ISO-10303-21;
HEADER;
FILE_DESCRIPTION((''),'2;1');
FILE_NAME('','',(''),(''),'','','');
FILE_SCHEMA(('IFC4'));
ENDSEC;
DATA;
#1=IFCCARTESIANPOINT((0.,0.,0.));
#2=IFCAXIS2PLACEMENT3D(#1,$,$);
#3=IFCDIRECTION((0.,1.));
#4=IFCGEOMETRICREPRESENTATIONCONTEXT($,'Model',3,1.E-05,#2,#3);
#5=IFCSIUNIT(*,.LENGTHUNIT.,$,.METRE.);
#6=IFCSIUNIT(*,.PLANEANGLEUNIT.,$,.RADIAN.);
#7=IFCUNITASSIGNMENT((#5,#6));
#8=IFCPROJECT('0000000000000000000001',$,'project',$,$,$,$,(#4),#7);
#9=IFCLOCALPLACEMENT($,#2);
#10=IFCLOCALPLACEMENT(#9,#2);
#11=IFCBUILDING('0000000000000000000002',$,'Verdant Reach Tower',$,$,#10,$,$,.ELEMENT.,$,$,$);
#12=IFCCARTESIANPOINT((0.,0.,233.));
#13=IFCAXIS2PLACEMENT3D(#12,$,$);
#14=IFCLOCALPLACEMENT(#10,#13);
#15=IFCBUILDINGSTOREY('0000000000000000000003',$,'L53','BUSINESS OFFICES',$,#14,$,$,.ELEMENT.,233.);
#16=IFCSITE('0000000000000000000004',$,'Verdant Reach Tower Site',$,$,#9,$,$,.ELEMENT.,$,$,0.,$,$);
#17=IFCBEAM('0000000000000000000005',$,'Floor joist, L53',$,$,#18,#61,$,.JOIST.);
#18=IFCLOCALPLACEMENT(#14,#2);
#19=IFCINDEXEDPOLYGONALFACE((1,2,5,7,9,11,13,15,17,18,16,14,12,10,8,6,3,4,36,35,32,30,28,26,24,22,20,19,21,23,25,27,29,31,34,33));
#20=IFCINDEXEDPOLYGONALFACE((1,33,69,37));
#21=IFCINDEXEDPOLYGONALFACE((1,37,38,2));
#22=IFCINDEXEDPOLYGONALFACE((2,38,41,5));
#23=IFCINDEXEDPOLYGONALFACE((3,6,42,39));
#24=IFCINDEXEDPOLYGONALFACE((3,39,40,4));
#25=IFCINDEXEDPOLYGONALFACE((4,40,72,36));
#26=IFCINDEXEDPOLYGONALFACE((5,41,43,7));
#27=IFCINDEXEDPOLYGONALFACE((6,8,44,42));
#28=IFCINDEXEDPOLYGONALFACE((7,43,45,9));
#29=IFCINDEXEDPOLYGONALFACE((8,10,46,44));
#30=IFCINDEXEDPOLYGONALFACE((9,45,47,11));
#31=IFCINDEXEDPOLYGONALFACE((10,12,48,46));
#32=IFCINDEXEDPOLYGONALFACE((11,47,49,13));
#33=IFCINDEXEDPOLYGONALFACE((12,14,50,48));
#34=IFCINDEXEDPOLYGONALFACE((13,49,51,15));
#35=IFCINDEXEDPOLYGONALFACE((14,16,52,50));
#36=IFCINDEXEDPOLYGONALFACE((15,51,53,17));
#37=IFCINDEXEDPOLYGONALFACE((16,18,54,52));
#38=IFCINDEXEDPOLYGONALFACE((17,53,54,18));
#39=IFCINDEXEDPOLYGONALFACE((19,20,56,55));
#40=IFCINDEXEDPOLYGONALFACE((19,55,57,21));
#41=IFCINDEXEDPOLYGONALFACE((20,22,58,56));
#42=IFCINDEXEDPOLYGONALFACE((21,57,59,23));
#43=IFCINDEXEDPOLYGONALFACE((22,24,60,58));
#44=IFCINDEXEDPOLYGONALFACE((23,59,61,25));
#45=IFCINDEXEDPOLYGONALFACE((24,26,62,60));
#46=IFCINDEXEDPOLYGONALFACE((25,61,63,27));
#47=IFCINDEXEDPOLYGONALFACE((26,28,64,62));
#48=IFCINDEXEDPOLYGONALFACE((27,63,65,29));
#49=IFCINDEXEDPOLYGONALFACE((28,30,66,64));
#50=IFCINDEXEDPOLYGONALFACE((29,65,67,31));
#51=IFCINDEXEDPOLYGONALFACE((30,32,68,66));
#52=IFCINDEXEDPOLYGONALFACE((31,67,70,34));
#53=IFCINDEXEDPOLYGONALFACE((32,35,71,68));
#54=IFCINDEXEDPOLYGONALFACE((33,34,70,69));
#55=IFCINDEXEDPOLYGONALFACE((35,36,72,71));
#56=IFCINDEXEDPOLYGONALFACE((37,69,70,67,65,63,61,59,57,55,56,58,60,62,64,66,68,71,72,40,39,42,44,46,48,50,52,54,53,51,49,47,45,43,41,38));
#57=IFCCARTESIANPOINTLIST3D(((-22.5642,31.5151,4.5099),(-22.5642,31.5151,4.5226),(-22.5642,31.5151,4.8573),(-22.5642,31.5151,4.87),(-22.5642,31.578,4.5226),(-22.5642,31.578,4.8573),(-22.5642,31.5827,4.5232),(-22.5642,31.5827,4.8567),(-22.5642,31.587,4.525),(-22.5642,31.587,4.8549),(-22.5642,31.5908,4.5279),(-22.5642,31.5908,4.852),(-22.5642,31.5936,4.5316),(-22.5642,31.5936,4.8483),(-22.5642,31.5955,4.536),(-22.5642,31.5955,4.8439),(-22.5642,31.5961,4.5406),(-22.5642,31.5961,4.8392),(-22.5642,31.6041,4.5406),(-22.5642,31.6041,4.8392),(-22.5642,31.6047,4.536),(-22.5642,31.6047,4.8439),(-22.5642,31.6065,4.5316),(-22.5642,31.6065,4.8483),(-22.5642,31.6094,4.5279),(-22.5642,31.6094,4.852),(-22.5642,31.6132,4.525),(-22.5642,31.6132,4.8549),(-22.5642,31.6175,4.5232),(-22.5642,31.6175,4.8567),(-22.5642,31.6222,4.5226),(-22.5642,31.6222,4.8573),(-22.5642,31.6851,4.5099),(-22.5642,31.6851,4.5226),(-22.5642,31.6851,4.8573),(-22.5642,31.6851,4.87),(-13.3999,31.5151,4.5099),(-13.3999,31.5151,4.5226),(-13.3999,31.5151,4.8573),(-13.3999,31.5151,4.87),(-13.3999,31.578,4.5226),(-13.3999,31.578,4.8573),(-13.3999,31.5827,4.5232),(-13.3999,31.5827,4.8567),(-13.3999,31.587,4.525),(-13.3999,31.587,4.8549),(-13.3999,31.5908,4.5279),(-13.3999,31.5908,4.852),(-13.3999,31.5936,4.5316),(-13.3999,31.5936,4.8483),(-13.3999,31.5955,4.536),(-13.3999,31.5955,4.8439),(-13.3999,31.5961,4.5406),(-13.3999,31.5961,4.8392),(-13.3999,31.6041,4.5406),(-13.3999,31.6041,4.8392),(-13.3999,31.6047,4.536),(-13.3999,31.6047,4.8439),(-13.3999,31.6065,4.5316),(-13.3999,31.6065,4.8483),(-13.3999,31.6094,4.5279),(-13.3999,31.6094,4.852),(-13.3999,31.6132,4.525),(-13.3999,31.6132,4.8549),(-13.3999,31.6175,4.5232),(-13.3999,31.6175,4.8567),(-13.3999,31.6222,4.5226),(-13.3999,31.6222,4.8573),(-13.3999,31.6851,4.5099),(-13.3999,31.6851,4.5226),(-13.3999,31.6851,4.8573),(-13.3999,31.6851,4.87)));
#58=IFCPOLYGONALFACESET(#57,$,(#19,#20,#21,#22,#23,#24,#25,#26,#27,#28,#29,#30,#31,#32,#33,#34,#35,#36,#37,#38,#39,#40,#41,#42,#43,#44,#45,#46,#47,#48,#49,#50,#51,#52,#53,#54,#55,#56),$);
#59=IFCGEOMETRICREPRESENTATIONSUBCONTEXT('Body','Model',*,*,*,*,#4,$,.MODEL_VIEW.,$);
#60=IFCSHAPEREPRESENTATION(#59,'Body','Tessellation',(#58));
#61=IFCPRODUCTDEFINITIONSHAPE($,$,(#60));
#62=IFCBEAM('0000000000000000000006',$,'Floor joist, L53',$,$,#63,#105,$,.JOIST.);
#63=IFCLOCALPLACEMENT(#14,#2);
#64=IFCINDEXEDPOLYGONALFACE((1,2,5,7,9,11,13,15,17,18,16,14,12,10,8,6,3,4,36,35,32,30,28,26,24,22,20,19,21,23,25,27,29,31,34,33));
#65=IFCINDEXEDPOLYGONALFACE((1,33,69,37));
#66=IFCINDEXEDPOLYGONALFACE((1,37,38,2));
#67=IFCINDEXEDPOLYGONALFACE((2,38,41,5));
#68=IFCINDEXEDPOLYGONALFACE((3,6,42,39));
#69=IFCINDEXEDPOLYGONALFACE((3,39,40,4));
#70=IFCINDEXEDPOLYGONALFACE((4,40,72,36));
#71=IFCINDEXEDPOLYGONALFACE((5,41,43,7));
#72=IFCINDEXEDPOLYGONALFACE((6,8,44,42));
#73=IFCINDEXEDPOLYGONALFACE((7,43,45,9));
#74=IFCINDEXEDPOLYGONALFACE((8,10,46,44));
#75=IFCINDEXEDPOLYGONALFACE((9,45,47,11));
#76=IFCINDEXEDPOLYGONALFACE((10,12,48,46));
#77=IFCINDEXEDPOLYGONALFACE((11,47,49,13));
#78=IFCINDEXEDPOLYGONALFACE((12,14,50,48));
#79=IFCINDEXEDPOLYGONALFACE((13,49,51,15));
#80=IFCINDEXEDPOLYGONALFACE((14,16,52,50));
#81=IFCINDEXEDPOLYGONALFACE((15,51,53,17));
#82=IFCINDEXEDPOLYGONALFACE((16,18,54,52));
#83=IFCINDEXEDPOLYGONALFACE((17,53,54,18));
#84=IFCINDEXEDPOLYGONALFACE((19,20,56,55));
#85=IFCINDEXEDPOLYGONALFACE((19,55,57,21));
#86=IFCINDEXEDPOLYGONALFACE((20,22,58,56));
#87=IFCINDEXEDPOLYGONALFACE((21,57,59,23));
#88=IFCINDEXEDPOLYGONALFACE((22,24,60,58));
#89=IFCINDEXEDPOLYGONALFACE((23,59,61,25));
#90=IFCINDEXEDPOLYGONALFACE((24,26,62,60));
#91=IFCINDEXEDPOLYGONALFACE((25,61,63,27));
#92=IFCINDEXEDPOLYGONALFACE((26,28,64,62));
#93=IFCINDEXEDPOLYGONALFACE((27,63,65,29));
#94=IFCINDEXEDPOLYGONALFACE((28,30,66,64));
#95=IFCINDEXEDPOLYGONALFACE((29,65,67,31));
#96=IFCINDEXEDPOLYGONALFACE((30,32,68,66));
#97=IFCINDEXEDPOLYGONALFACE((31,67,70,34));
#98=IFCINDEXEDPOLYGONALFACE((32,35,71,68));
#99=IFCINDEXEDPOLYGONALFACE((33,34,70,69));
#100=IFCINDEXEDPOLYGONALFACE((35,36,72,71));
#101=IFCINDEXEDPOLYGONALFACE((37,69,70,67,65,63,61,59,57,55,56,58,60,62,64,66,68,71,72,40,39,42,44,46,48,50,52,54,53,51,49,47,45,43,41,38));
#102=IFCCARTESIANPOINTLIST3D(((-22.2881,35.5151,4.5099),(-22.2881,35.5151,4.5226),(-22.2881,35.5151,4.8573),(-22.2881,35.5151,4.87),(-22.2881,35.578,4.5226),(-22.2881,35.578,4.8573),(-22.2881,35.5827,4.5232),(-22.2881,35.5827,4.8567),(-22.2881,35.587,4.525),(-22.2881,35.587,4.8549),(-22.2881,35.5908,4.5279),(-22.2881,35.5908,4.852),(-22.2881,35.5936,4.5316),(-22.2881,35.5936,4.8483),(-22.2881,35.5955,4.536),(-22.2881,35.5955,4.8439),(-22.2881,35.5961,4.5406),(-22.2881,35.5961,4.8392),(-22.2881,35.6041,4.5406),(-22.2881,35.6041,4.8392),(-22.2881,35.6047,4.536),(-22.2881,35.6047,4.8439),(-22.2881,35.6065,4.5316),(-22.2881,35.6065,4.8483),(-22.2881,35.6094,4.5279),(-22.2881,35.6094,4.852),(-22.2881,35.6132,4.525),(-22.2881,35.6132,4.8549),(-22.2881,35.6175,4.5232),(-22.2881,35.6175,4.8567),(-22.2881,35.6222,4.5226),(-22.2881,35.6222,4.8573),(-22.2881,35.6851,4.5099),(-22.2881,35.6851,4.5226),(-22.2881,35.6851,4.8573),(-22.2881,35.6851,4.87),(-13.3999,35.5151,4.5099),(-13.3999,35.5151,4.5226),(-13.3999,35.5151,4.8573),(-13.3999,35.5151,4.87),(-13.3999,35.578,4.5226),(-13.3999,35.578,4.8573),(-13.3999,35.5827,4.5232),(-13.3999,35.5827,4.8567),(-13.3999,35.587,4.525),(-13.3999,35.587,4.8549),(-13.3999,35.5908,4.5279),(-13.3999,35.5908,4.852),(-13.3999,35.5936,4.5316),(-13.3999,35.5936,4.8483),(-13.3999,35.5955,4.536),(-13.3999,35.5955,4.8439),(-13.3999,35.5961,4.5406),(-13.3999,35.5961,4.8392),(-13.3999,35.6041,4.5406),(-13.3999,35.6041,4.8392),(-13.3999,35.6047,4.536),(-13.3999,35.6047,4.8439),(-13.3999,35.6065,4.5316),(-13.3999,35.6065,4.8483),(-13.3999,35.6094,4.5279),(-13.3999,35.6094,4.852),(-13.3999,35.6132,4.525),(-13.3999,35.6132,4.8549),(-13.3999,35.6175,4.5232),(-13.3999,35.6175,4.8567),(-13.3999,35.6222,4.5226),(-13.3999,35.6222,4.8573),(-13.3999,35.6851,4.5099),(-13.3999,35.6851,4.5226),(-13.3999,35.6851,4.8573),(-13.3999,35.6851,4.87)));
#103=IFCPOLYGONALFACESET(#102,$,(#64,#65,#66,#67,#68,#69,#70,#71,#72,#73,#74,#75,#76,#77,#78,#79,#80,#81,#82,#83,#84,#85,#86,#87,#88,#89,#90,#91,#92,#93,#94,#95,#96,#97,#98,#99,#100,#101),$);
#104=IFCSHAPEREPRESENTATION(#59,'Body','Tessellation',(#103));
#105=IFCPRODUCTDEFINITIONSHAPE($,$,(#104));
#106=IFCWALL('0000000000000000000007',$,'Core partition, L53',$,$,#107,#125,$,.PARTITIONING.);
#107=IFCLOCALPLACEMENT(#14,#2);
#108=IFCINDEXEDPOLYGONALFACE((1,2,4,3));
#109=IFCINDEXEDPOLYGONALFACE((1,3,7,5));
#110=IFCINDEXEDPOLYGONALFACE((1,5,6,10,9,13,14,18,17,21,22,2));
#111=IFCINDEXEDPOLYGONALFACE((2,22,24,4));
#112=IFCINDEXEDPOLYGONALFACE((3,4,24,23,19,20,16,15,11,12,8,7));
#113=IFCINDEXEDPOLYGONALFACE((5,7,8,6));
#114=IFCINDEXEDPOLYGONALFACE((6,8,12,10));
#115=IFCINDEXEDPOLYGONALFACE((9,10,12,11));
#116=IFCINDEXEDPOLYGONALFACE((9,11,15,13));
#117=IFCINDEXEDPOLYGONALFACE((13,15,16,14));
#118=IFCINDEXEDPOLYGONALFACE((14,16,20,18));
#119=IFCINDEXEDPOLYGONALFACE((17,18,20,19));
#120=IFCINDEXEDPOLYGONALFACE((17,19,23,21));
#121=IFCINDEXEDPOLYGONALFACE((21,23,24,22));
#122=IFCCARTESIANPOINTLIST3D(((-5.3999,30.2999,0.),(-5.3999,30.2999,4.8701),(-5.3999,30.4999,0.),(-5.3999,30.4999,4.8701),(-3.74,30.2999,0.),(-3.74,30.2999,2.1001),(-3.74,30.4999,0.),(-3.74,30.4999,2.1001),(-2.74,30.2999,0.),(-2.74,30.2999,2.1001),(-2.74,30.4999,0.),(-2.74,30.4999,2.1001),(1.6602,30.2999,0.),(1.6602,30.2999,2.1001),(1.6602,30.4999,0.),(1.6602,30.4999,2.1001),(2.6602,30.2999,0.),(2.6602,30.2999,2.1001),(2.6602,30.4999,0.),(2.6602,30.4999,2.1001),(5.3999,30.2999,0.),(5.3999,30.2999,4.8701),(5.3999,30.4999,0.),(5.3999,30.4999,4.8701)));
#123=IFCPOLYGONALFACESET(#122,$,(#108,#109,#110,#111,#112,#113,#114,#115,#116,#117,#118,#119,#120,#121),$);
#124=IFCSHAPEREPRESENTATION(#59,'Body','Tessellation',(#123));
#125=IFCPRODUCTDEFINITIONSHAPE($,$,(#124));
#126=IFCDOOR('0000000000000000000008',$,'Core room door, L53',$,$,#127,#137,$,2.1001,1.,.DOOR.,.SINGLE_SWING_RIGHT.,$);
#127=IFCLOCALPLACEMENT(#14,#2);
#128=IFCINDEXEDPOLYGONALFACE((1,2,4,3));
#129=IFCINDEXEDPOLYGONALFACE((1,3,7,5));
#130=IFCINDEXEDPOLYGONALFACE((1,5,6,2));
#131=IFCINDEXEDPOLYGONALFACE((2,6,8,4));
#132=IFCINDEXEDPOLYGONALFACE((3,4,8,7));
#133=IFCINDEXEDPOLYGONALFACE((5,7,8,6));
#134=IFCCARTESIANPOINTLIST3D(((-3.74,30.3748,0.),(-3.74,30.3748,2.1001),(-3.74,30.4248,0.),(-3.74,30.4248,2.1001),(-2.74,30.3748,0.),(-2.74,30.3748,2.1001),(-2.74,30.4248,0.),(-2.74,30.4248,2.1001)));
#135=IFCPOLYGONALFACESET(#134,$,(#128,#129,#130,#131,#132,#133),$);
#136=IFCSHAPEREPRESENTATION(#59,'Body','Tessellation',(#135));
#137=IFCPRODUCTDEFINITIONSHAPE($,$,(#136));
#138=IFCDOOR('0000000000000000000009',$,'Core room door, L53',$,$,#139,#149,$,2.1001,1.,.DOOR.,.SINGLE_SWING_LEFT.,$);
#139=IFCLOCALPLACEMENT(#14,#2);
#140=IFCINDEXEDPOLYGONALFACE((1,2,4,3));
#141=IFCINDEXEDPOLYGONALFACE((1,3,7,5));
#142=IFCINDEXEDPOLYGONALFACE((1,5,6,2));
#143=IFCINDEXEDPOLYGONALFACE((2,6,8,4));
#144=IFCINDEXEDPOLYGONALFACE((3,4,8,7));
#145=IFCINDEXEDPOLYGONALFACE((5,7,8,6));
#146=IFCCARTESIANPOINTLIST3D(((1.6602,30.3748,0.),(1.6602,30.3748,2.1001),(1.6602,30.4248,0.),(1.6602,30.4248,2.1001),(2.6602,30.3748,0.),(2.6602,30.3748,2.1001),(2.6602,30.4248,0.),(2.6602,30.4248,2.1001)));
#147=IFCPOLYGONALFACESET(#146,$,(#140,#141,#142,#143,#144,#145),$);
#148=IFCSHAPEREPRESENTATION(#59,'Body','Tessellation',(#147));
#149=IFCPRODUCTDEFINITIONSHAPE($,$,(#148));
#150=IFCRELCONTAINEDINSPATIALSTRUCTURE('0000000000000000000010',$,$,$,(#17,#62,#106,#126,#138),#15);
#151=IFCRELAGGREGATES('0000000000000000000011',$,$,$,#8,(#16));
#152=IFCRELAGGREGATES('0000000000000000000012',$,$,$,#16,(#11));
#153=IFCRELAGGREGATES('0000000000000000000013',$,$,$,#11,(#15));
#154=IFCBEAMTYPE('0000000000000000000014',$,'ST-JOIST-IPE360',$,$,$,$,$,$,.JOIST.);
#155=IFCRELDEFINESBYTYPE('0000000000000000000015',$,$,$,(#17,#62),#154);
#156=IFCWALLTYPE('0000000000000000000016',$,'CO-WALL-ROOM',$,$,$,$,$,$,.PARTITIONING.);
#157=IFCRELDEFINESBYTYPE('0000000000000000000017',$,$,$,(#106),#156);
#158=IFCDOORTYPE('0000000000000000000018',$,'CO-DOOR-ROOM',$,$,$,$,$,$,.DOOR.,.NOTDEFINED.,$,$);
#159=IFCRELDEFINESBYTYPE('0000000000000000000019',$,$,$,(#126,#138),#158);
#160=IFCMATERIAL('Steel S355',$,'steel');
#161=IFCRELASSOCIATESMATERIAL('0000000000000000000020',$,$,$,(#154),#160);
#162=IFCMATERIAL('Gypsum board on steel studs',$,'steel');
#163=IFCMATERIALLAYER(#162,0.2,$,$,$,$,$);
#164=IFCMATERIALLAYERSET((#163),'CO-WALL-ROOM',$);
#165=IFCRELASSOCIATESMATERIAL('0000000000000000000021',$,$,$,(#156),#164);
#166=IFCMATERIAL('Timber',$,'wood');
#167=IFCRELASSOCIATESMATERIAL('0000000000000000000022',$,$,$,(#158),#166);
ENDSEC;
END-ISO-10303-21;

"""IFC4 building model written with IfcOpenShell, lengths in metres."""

from ifc_helpers import new_model, si_unit, direction, frame, frame_2d, origin, origin_2d, place, context, subcontext, project, spatial, rectangle, i_section, extrude, material, layer, layer_set, material_profile, profile_set, type_object, element, fill, save


model = new_model("IFC4")

# Units and contexts
model_context = context("Model", 3, precision=1e-05, world=origin(), true_north=direction((0.0, 1.0)))
body_context = subcontext(model_context, "Body", "Model", "MODEL_VIEW")
ifc_project = project(units=[si_unit("LENGTHUNIT", "METRE"), si_unit("PLANEANGLEUNIT", "RADIAN")], contexts=[model_context])

# Site, building, storey
site_placement = place(None, origin())
site = spatial("IfcSite", under=ifc_project, at=site_placement, Name="Verdant Reach Tower Site", CompositionType="ELEMENT", RefElevation=0.0)
building_placement = place(site_placement, origin())
building = spatial("IfcBuilding", under=site, at=building_placement, Name="Verdant Reach Tower", CompositionType="ELEMENT")
storey_placement = place(building_placement, frame((0.0, 0.0, 233.0)))
storey = spatial("IfcBuildingStorey", under=building, at=storey_placement, Name="L53", Description="BUSINESS OFFICES", CompositionType="ELEMENT", Elevation=233.0)

# Beams
ifc_material_1 = material(Name="Steel S355", Category="steel")
ifc_material_profile = material_profile(ifc_material_1, i_section(OverallWidth=0.1699, OverallDepth=0.3601, WebThickness=0.0081, FlangeThickness=0.0127, FilletRadius=0.0181, at=origin_2d()), Name="IPE 360")
ifc_profile_set = profile_set([ifc_material_profile], Name="Steel S355")
beam_type = type_object("IfcBeamType", Name="ST-JOIST-IPE360", PredefinedType="JOIST", material=ifc_profile_set)
beam_1_placement = place(storey_placement, frame((-13.3999, 31.6001, 4.6899), z_axis=(-1.0, 0.0, 0.0), x_axis=(0.0, -1.0, 0.0)))
element("IfcBeam", 1, at=beam_1_placement, inside=storey, type_object=beam_type, Name="Floor joist, L53", PredefinedType="JOIST", context=body_context, shape_type="SweptSolid", body=[
    extrude(i_section(OverallWidth=0.1699, OverallDepth=0.3601, WebThickness=0.0081, FlangeThickness=0.0127, FilletRadius=0.0181, at=origin_2d()), origin(), (0.0, 0.0, 1.0), 9.1643),
])
beam_2_placement = place(storey_placement, frame((-13.3999, 35.6001, 4.6899), z_axis=(-1.0, 0.0, 0.0), x_axis=(0.0, -1.0, 0.0)))
element("IfcBeam", 2, at=beam_2_placement, inside=storey, type_object=beam_type, Name="Floor joist, L53", PredefinedType="JOIST", context=body_context, shape_type="SweptSolid", body=[
    extrude(i_section(OverallWidth=0.1699, OverallDepth=0.3601, WebThickness=0.0081, FlangeThickness=0.0127, FilletRadius=0.0181, at=origin_2d()), origin(), (0.0, 0.0, 1.0), 8.8882),
])

# Wall, openings, doors
ifc_material_2 = material(Name="Gypsum board on steel studs", Category="steel")
ifc_layer_1 = layer(ifc_material_2, 0.2)
ifc_layer_set_1 = layer_set([ifc_layer_1], Name="CO-WALL-ROOM")
wall_type_1 = type_object("IfcWallType", Name="CO-WALL-ROOM", PredefinedType="PARTITIONING", material=ifc_layer_set_1)
wall_1_placement = place(storey_placement, frame((-5.3999, 30.3999, 0.0), z_axis=(0.0, 0.0, 1.0), x_axis=(1.0, 0.0, 0.0)))
wall_1 = element("IfcWall", 3, at=wall_1_placement, inside=storey, type_object=wall_type_1, Name="Core partition, L53", PredefinedType="PARTITIONING", context=body_context, shape_type="SweptSolid", body=[
    extrude(rectangle(XDim=10.7998, YDim=0.2, at=frame_2d((5.3999, 0.0))), origin(), (0.0, 0.0, 1.0), 4.8701),
])
opening_1_placement = place(wall_1_placement, frame((1.6599, 0.0, 0.0)))
opening_1 = element("IfcOpeningElement", 4, at=opening_1_placement, cuts=wall_1, PredefinedType="OPENING", context=body_context, shape_type="SweptSolid", body=[
    extrude(rectangle(XDim=1.0, YDim=2.1001, at=frame_2d((0.5, 1.05))), frame((0.0, 0.1099, 0.0), z_axis=(0.0, -1.0, 0.0), x_axis=(1.0, 0.0, 0.0)), (0.0, 0.0, 1.0), 0.22),
])
opening_2_placement = place(wall_1_placement, frame((7.0601, 0.0, 0.0)))
opening_2 = element("IfcOpeningElement", 5, at=opening_2_placement, cuts=wall_1, PredefinedType="OPENING", context=body_context, shape_type="SweptSolid", body=[
    extrude(rectangle(XDim=1.0, YDim=2.1001, at=frame_2d((0.5, 1.05))), frame((0.0, 0.1099, 0.0), z_axis=(0.0, -1.0, 0.0), x_axis=(1.0, 0.0, 0.0)), (0.0, 0.0, 1.0), 0.22),
])
ifc_material_3 = material(Name="Timber", Category="wood")
door_type_1 = type_object("IfcDoorType", Name="CO-DOOR-ROOM", OperationType="NOTDEFINED", PredefinedType="DOOR", material=ifc_material_3)
door_1_placement = place(opening_1_placement, origin())
door_1 = element("IfcDoor", 6, at=door_1_placement, inside=storey, type_object=door_type_1, Name="Core room door, L53", OperationType="SINGLE_SWING_RIGHT", OverallHeight=2.1001, OverallWidth=1.0, PredefinedType="DOOR", context=body_context, shape_type="SweptSolid", body=[
    extrude(rectangle(XDim=1.0, YDim=2.1001, at=frame_2d((0.5, 1.05))), frame((0.0, 0.0249, 0.0), z_axis=(0.0, -1.0, 0.0), x_axis=(1.0, 0.0, 0.0)), (0.0, 0.0, 1.0), 0.05),
])
fill(opening_1, door_1)
door_2_placement = place(opening_2_placement, origin())
door_2 = element("IfcDoor", 7, at=door_2_placement, inside=storey, type_object=door_type_1, Name="Core room door, L53", OperationType="SINGLE_SWING_LEFT", OverallHeight=2.1001, OverallWidth=1.0, PredefinedType="DOOR", context=body_context, shape_type="SweptSolid", body=[
    extrude(rectangle(XDim=1.0, YDim=2.1001, at=frame_2d((0.5, 1.05))), frame((0.0, 0.0249, 0.0), z_axis=(0.0, -1.0, 0.0), x_axis=(1.0, 0.0, 0.0)), (0.0, 0.0, 1.0), 0.05),
])
fill(opening_2, door_2)

save(model, "model.ifc")
